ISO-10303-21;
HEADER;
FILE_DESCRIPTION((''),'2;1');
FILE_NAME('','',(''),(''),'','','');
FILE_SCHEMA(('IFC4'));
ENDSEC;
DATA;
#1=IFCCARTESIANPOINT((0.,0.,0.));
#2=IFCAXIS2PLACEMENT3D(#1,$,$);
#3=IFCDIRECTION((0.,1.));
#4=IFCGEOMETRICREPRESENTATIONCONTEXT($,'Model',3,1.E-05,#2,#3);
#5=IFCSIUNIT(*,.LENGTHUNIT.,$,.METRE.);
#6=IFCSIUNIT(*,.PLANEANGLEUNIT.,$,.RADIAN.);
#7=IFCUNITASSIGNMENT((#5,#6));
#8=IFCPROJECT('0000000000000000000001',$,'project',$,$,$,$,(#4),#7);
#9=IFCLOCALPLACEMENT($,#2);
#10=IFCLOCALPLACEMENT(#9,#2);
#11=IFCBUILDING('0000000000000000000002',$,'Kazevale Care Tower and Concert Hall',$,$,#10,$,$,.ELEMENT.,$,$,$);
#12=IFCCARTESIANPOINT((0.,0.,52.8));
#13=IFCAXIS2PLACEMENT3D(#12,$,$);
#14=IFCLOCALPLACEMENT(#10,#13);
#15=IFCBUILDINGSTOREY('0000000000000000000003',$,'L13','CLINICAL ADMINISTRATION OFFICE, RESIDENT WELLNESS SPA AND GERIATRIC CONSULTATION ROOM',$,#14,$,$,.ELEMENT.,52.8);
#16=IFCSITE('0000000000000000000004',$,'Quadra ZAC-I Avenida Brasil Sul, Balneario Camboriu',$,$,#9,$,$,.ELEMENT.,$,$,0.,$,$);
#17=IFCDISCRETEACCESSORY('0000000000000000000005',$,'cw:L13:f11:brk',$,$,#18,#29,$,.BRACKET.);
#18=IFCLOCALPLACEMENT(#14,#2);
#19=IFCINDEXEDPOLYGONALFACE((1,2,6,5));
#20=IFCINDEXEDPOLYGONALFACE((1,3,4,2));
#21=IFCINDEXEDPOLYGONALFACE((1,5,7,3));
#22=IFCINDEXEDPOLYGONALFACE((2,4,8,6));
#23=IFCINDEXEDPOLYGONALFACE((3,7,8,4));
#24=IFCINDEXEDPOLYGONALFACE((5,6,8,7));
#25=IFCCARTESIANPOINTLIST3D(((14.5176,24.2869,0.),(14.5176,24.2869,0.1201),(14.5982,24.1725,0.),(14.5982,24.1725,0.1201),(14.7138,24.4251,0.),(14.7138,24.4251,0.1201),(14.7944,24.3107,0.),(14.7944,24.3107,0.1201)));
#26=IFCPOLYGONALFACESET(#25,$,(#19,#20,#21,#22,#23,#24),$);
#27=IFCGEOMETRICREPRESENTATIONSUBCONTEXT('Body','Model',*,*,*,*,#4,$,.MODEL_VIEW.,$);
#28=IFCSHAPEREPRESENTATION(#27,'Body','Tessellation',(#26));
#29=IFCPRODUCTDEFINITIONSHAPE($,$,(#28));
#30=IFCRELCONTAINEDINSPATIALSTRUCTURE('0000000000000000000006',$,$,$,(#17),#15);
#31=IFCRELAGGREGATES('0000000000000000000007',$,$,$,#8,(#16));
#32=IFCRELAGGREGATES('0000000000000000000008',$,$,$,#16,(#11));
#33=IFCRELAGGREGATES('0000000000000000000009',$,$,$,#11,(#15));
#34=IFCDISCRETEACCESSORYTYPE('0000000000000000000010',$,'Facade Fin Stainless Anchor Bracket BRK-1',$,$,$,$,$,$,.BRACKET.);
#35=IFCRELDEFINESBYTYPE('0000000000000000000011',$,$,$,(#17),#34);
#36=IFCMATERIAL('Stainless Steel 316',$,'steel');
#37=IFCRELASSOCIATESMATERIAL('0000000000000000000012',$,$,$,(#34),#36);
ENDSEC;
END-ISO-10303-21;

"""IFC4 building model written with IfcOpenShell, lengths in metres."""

from ifc_helpers import new_model, si_unit, direction, frame, origin, origin_2d, place, context, subcontext, project, spatial, rectangle, extrude, material, type_object, element, save


model = new_model("IFC4")

# Units and contexts
model_context = context("Model", 3, precision=1e-05, world=origin(), true_north=direction((0.0, 1.0)))
body_context = subcontext(model_context, "Body", "Model", "MODEL_VIEW")
ifc_project = project(units=[si_unit("LENGTHUNIT", "METRE"), si_unit("PLANEANGLEUNIT", "RADIAN")], contexts=[model_context])

# Site, building, storey
site_placement = place(None, origin())
site = spatial("IfcSite", under=ifc_project, at=site_placement, Name="Quadra ZAC-I Avenida Brasil Sul, Balneario Camboriu", CompositionType="ELEMENT", RefElevation=0.0)
building_placement = place(site_placement, origin())
building = spatial("IfcBuilding", under=site, at=building_placement, Name="Kazevale Care Tower and Concert Hall", CompositionType="ELEMENT")
storey_placement = place(building_placement, frame((0.0, 0.0, 52.8)))
storey = spatial("IfcBuildingStorey", under=building, at=storey_placement, Name="L13", Description="CLINICAL ADMINISTRATION OFFICE, RESIDENT WELLNESS SPA AND GERIATRIC CONSULTATION ROOM", CompositionType="ELEMENT", Elevation=52.8)

# Discrete accessory
ifc_material_1 = material(Name="Stainless Steel 316", Category="steel")
discrete_accessory_type = type_object("IfcDiscreteAccessoryType", Name="Facade Fin Stainless Anchor Bracket BRK-1", PredefinedType="BRACKET", material=ifc_material_1)
discrete_accessory_placement = place(storey_placement, frame((14.656, 24.2988, 0.0), z_axis=(0.0, 0.0, 1.0), x_axis=(-0.817547, -0.575862, 0.0)))
element("IfcDiscreteAccessory", 1, at=discrete_accessory_placement, inside=storey, type_object=discrete_accessory_type, Name="cw:L13:f11:brk", PredefinedType="BRACKET", context=body_context, shape_type="SweptSolid", body=[
    extrude(rectangle(XDim=0.24, YDim=0.1399, at=origin_2d()), origin(), (0.0, 0.0, 1.0), 0.1201),
])

save(model, "model.ifc")
